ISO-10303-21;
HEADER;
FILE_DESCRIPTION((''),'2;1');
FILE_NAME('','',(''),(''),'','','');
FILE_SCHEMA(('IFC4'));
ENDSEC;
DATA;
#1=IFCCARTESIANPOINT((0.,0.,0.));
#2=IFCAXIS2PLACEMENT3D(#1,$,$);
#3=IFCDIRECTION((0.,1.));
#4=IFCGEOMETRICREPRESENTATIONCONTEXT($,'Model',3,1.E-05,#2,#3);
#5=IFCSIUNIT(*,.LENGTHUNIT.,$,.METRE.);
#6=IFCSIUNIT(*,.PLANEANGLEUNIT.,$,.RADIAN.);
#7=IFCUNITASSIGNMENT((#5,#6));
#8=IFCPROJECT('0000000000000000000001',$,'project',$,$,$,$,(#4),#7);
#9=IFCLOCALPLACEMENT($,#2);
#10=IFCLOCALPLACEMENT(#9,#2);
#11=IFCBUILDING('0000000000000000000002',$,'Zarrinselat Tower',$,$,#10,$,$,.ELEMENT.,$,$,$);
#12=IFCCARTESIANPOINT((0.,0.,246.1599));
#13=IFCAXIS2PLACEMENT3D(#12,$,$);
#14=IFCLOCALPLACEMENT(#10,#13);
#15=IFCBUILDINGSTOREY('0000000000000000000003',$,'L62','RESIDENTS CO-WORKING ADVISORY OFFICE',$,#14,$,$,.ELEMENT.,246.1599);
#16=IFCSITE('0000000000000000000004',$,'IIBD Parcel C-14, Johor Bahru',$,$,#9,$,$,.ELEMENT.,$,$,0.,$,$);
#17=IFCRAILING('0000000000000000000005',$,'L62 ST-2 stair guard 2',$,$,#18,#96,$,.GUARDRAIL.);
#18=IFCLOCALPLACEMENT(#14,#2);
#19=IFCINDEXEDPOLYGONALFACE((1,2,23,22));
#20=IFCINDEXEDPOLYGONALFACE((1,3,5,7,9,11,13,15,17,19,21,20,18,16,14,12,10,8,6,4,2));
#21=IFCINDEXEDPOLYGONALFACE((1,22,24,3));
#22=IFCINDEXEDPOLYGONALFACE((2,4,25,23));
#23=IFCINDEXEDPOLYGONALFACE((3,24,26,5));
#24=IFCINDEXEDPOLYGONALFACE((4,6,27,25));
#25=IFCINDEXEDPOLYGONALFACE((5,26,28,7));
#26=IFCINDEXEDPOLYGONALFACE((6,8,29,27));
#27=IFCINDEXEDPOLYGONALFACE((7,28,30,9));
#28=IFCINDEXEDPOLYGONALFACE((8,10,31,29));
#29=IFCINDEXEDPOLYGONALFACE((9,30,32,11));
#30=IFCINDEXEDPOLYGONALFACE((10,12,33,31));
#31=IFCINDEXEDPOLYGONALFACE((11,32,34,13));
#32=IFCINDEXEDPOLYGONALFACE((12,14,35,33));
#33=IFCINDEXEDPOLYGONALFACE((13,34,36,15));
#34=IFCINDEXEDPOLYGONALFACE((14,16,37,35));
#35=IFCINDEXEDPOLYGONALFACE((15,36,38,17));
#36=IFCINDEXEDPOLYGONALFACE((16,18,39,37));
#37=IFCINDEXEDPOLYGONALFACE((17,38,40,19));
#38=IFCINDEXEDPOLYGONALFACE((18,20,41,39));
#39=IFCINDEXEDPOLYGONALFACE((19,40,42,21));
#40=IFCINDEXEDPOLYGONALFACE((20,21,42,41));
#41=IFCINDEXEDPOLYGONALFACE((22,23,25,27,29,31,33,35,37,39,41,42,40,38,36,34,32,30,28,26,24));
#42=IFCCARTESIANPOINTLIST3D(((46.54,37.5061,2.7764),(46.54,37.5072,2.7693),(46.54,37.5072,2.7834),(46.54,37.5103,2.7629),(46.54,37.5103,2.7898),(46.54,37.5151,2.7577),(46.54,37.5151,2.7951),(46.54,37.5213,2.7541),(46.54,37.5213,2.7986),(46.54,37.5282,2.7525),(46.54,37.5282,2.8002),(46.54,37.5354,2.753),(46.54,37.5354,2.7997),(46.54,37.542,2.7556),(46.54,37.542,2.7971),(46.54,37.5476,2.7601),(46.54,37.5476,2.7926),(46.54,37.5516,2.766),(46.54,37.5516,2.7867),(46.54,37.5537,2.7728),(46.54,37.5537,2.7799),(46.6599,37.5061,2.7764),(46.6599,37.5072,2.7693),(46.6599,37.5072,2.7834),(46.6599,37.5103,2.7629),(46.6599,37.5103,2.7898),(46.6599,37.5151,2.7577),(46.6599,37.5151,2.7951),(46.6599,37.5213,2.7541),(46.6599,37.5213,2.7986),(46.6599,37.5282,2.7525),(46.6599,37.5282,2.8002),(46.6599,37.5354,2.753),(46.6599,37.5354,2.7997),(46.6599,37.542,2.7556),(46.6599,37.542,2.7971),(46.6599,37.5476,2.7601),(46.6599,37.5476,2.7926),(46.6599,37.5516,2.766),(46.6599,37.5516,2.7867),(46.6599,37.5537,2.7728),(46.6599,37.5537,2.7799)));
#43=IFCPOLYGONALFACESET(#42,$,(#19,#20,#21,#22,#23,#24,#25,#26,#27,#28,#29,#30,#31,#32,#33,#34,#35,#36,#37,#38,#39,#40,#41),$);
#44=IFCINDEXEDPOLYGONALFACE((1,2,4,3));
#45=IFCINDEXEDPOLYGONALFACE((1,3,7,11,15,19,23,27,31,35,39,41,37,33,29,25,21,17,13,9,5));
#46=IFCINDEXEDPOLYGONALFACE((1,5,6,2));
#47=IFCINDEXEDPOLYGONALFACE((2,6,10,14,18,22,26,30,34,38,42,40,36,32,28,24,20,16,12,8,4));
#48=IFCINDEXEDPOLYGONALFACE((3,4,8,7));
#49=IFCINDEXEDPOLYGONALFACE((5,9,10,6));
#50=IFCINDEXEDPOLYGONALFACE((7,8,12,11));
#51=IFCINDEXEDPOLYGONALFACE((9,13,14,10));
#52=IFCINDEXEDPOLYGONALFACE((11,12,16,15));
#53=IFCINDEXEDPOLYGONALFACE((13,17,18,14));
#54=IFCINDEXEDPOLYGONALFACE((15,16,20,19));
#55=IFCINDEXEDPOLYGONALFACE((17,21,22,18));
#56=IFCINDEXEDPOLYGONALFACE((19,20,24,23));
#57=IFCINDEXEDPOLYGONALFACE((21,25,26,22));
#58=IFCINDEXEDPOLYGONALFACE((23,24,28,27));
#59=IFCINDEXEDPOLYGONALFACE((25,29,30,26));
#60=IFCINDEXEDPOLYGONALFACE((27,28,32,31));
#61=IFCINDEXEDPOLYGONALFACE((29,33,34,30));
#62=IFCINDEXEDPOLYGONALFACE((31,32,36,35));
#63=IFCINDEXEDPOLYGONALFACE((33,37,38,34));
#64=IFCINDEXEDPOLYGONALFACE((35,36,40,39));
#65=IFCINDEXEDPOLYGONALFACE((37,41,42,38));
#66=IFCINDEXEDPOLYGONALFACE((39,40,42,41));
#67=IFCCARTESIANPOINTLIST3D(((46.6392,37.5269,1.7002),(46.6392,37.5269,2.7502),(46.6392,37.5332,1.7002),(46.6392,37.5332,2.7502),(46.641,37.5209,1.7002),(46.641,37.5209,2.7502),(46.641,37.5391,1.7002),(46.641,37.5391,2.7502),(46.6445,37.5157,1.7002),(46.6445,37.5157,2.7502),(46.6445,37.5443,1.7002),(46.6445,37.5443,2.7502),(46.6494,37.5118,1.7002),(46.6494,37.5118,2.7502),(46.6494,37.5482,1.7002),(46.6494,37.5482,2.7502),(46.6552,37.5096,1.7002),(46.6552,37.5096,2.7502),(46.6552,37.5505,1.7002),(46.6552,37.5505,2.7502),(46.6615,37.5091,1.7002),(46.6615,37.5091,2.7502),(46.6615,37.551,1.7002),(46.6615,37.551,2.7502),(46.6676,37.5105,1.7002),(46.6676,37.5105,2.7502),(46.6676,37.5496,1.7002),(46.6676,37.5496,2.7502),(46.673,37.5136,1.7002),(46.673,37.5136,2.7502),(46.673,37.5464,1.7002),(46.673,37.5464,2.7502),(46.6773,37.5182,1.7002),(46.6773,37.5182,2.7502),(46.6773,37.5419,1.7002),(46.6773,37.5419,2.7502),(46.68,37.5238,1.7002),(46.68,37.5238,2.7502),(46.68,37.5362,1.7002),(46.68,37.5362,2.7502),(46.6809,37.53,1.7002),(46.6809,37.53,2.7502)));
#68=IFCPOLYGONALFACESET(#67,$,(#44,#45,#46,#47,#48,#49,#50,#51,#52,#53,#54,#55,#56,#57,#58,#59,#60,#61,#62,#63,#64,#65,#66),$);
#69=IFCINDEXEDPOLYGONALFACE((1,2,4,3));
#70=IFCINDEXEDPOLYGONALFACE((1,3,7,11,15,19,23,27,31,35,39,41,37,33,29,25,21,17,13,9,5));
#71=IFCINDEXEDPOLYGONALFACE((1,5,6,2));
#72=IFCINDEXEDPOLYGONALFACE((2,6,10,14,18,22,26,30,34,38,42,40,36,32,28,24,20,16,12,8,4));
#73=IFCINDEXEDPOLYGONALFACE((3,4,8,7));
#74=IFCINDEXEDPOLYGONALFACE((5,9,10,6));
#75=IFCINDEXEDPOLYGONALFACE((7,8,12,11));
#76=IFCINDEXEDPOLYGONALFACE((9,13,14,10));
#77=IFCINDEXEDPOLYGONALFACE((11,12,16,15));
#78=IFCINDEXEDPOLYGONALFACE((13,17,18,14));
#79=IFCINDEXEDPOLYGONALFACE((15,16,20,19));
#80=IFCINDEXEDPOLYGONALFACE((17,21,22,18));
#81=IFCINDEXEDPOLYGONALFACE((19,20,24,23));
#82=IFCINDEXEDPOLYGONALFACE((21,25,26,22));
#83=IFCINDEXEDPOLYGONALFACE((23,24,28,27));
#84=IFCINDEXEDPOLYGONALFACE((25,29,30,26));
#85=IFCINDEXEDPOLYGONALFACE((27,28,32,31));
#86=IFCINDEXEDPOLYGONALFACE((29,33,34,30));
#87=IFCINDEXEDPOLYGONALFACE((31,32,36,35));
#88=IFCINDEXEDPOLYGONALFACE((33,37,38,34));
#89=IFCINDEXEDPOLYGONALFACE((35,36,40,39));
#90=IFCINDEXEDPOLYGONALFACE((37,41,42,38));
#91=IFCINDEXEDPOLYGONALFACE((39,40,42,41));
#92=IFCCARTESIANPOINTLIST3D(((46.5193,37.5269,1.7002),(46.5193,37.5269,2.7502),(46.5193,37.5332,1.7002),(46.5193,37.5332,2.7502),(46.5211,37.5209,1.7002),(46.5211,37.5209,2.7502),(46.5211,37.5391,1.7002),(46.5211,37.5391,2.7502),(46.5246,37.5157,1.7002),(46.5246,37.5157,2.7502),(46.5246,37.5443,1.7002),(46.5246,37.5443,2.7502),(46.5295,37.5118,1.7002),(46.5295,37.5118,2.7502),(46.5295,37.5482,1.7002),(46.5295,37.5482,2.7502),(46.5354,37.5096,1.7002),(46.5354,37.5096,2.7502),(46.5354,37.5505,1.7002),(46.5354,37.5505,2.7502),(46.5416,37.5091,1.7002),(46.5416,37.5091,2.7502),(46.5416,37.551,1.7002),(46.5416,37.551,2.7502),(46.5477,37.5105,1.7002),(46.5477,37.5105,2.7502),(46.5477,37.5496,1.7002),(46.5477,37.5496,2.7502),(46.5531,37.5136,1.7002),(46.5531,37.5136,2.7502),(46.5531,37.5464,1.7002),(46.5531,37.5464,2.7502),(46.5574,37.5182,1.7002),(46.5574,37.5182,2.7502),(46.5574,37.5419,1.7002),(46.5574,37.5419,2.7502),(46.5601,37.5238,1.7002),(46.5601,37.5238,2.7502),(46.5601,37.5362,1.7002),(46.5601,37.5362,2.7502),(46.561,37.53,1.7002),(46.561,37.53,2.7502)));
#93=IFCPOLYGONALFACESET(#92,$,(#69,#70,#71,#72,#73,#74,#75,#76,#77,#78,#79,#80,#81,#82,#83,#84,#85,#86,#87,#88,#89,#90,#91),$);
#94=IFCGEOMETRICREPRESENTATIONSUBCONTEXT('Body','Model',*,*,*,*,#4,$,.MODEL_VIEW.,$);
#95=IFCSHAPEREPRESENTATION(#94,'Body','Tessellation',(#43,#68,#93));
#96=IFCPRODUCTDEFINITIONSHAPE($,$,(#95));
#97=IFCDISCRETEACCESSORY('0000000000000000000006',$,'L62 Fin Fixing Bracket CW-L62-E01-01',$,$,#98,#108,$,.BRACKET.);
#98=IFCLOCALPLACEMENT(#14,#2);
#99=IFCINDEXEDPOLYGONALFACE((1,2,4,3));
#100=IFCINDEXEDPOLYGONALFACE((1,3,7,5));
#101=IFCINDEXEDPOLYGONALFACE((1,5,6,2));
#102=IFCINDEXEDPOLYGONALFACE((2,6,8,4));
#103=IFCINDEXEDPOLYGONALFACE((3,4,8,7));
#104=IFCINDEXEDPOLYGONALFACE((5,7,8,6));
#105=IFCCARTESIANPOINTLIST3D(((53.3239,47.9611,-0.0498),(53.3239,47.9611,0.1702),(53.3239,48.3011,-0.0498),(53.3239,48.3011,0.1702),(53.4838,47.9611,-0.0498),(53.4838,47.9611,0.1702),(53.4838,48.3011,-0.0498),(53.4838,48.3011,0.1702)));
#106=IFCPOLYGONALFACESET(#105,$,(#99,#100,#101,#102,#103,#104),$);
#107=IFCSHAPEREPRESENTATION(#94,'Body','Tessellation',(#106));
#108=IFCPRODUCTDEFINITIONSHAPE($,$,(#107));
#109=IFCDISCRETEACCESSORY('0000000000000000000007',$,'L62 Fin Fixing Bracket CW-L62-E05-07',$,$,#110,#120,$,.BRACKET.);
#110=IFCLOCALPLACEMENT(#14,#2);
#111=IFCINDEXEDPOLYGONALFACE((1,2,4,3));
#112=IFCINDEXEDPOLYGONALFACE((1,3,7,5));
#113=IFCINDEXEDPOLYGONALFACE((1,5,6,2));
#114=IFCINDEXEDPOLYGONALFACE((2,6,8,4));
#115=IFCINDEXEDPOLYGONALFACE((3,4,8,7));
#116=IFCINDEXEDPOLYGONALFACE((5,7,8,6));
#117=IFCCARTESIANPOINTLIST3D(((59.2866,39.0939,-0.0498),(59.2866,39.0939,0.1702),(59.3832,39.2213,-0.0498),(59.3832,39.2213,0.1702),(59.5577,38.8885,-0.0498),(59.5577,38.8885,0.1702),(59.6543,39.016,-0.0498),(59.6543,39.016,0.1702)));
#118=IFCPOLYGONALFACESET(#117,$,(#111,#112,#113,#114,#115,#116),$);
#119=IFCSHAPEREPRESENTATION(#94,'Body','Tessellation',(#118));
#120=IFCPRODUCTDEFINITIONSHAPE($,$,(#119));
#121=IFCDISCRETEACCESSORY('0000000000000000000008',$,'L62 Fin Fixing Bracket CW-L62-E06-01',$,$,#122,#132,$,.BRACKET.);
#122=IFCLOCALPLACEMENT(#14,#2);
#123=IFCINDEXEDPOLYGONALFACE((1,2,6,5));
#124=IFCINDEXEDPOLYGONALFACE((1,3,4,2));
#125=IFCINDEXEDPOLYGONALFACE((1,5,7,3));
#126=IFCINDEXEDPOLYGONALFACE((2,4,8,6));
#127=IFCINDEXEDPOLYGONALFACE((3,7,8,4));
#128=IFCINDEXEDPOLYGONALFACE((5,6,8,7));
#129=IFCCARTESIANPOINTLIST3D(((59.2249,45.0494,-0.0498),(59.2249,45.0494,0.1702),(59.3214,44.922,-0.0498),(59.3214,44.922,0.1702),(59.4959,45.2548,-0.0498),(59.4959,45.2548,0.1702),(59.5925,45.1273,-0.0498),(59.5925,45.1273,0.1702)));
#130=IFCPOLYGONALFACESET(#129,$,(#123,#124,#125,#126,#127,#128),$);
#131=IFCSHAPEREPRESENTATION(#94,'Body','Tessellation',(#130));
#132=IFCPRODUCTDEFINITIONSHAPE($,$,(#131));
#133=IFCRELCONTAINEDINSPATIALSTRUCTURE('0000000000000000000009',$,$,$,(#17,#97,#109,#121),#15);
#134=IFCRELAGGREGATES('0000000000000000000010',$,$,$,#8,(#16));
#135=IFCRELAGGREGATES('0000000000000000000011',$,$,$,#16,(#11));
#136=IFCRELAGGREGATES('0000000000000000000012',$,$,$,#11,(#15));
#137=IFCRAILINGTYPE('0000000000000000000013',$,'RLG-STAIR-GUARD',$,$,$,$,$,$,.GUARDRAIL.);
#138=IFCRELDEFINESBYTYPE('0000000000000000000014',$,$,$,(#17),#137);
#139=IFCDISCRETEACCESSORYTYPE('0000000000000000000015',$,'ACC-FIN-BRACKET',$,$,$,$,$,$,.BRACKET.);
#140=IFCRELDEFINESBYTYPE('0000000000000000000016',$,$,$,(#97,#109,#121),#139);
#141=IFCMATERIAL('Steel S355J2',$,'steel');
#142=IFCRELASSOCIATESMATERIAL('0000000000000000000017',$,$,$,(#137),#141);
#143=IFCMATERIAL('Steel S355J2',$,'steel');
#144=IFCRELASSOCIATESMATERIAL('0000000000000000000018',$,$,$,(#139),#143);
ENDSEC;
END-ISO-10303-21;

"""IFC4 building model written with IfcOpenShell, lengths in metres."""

from ifc_helpers import new_model, si_unit, direction, frame, origin, origin_2d, place, context, subcontext, project, spatial, rectangle, circle, extrude, material, type_object, element, save


model = new_model("IFC4")

# Units and contexts
model_context = context("Model", 3, precision=1e-05, world=origin(), true_north=direction((0.0, 1.0)))
body_context = subcontext(model_context, "Body", "Model", "MODEL_VIEW")
ifc_project = project(units=[si_unit("LENGTHUNIT", "METRE"), si_unit("PLANEANGLEUNIT", "RADIAN")], contexts=[model_context])

# Site, building, storey
site_placement = place(None, origin())
site = spatial("IfcSite", under=ifc_project, at=site_placement, Name="IIBD Parcel C-14, Johor Bahru", CompositionType="ELEMENT", RefElevation=0.0)
building_placement = place(site_placement, origin())
building = spatial("IfcBuilding", under=site, at=building_placement, Name="Zarrinselat Tower", CompositionType="ELEMENT")
storey_placement = place(building_placement, frame((0.0, 0.0, 246.1599)))
storey = spatial("IfcBuildingStorey", under=building, at=storey_placement, Name="L62", Description="RESIDENTS CO-WORKING ADVISORY OFFICE", CompositionType="ELEMENT", Elevation=246.1599)

# Railing
ifc_material_1 = material(Name="Steel S355J2", Category="steel")
railing_type = type_object("IfcRailingType", Name="RLG-STAIR-GUARD", PredefinedType="GUARDRAIL", material=ifc_material_1)
railing_placement = place(storey_placement, frame((46.6599, 37.53, 1.7002)))
element("IfcRailing", 1, at=railing_placement, inside=storey, type_object=railing_type, Name="L62 ST-2 stair guard 2", PredefinedType="GUARDRAIL", context=body_context, shape_type="SweptSolid", body=[
    extrude(circle(Radius=0.0239, at=origin_2d()), frame((0.0, 0.0, 1.0762), z_axis=(-1.0, 0.0, 0.0), x_axis=(0.0, -1.0, 0.0)), (0.0, 0.0, 1.0), 0.1199),
    extrude(circle(Radius=0.021, at=origin_2d()), origin(), (0.0, 0.0, 1.0), 1.05),
    extrude(circle(Radius=0.021, at=origin_2d()), frame((-0.1199, 0.0, 0.0)), (0.0, 0.0, 1.0), 1.05),
])

# Discrete accessories
ifc_material_2 = material(Name="Steel S355J2", Category="steel")
discrete_accessory_type = type_object("IfcDiscreteAccessoryType", Name="ACC-FIN-BRACKET", PredefinedType="BRACKET", material=ifc_material_2)
for number, where, z_axis, x_axis, name in (
    (2, (53.4038, 48.1311, -0.0498), (0.0, 0.0, 1.0), (0.0, 1.0, 0.0), "L62 Fin Fixing Bracket CW-L62-E01-01"),
    (3, (59.4705, 39.0549, -0.0498), (0.0, 0.0, 1.0), (0.797092, -0.603858, 0.0), "L62 Fin Fixing Bracket CW-L62-E05-07"),
    (4, (59.4087, 45.0884, -0.0498), (0.0, 0.0, 1.0), (0.797086, 0.603865, 0.0), "L62 Fin Fixing Bracket CW-L62-E06-01"),
):
    element("IfcDiscreteAccessory", number, at=place(storey_placement, frame(where, z_axis=z_axis, x_axis=x_axis)), inside=storey, type_object=discrete_accessory_type, Name=name, PredefinedType="BRACKET", context=body_context, shape_type="SweptSolid", body=[
        extrude(rectangle(XDim=0.3401, YDim=0.1599, at=origin_2d()), origin(), (0.0, 0.0, 1.0), 0.22),
    ])

save(model, "model.ifc")
